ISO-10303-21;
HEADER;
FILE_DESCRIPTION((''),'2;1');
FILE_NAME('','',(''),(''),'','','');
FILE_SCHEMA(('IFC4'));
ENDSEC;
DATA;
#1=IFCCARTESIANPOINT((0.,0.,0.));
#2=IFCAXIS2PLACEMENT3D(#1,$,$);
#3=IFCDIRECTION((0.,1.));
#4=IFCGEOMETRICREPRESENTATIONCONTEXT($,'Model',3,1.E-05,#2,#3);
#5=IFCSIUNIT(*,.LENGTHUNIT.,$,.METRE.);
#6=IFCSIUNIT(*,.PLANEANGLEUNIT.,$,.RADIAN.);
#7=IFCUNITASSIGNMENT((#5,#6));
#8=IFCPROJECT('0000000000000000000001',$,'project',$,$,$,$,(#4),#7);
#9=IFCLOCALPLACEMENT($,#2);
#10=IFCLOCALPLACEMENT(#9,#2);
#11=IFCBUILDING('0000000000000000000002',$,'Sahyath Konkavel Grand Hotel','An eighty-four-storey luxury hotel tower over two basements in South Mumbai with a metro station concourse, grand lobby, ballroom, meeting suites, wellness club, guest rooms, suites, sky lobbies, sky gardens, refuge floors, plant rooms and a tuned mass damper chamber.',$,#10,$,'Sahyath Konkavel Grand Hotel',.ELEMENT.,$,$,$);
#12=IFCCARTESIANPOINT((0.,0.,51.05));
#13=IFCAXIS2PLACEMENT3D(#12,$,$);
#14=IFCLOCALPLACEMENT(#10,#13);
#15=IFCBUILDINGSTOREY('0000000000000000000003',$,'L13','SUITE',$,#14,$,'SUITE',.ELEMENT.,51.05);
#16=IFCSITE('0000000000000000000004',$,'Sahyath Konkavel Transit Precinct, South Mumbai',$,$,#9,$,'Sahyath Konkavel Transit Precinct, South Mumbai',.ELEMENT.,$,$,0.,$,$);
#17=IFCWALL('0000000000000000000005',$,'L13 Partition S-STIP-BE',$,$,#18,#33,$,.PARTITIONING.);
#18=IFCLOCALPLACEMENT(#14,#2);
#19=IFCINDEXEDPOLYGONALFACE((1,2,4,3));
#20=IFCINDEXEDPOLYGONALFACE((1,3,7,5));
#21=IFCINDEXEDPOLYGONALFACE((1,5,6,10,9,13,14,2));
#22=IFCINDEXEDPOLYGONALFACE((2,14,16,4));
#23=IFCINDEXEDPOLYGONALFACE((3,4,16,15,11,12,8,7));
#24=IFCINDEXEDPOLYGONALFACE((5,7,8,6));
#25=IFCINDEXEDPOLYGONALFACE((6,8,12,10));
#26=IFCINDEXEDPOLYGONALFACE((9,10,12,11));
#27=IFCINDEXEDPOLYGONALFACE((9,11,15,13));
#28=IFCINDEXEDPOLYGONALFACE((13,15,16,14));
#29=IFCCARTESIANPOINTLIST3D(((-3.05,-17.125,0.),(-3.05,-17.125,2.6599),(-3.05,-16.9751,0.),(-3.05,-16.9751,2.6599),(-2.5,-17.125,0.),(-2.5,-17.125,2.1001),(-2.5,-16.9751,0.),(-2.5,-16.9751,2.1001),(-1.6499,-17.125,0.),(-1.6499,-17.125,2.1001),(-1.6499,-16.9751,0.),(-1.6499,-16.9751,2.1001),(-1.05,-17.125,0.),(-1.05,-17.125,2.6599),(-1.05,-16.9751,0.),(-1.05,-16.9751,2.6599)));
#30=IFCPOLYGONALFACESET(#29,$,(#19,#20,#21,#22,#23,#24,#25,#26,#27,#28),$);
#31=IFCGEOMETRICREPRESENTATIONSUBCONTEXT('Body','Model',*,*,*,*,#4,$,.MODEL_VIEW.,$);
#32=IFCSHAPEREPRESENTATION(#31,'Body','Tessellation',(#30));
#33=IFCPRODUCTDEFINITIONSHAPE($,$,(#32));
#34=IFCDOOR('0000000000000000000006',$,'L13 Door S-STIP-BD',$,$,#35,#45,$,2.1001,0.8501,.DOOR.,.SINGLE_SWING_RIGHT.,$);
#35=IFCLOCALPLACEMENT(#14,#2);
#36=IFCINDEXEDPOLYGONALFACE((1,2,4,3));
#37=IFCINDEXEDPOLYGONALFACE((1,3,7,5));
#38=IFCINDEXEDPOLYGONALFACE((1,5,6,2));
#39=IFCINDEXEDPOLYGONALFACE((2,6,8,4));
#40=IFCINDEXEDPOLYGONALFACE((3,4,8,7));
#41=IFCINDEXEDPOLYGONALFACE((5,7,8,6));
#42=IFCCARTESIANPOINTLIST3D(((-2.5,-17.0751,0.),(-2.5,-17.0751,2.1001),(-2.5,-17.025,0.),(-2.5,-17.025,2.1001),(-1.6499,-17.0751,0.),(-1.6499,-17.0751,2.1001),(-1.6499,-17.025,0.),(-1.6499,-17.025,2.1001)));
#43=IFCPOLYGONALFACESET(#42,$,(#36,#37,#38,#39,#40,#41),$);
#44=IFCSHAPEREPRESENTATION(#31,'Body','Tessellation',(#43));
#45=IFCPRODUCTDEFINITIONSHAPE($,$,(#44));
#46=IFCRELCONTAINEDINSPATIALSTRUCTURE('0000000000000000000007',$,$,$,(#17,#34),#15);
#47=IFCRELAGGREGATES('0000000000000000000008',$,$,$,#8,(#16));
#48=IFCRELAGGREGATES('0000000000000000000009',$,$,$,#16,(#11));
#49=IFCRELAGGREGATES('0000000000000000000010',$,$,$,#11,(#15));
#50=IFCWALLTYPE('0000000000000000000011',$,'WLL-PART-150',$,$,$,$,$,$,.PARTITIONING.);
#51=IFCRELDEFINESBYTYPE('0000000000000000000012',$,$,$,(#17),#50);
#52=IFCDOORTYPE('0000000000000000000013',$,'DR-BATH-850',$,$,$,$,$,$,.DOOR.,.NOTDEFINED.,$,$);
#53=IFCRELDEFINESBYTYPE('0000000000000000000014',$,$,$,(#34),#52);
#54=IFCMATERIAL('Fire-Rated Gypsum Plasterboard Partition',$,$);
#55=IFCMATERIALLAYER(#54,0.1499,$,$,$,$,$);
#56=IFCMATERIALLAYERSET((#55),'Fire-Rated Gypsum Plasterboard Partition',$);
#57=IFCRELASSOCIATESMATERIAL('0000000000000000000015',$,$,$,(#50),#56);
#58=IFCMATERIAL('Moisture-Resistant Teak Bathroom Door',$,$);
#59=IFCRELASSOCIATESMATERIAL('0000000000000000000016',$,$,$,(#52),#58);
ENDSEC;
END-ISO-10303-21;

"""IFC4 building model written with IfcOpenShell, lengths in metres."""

from ifc_helpers import new_model, si_unit, direction, frame, frame_2d, origin, origin_2d, place, context, subcontext, project, spatial, rectangle, extrude, source, transform, mapped, material, layer, layer_set, type_object, element, fill, save


model = new_model("IFC4")

# Units and contexts
model_context = context("Model", 3, precision=1e-05, world=origin(), true_north=direction((0.0, 1.0)))
body_context = subcontext(model_context, "Body", "Model", "MODEL_VIEW")
ifc_project = project(units=[si_unit("LENGTHUNIT", "METRE"), si_unit("PLANEANGLEUNIT", "RADIAN")], contexts=[model_context])

# Site, building, storey
site_placement = place(None, origin())
site = spatial("IfcSite", under=ifc_project, at=site_placement, Name="Sahyath Konkavel Transit Precinct, South Mumbai", LongName="Sahyath Konkavel Transit Precinct, South Mumbai", CompositionType="ELEMENT", RefElevation=0.0)
building_placement = place(site_placement, origin())
building = spatial("IfcBuilding", under=site, at=building_placement, Name="Sahyath Konkavel Grand Hotel", Description="An eighty-four-storey luxury hotel tower over two basements in South Mumbai with a metro station concourse, grand lobby, ballroom, meeting suites, wellness club, guest rooms, suites, sky lobbies, sky gardens, refuge floors, plant rooms and a tuned mass damper chamber.", LongName="Sahyath Konkavel Grand Hotel", CompositionType="ELEMENT")
storey_placement = place(building_placement, frame((0.0, 0.0, 51.05)))
storey = spatial("IfcBuildingStorey", under=building, at=storey_placement, Name="L13", Description="SUITE", LongName="SUITE", CompositionType="ELEMENT", Elevation=51.05)

# Shared definitions
shared_shape_1 = source(origin(), body_context, "Body", "SweptSolid", [
    extrude(rectangle(XDim=0.8501, YDim=0.05, at=origin_2d()), origin(), (0.0, 0.0, 1.0), 2.1001),
])

# Shared definitions
ifc_material_1 = material(Name="Fire-Rated Gypsum Plasterboard Partition")
ifc_layer_1 = layer(ifc_material_1, 0.1499)
ifc_layer_set_1 = layer_set([ifc_layer_1], Name="Fire-Rated Gypsum Plasterboard Partition")
wall_type_1 = type_object("IfcWallType", Name="WLL-PART-150", PredefinedType="PARTITIONING", material=ifc_layer_set_1)

# Wall, opening, door
wall_1_placement = place(storey_placement, frame((-3.05, -17.05, 0.0), z_axis=(0.0, 0.0, 1.0), x_axis=(1.0, 0.0, 0.0)))
wall_1 = element("IfcWall", 1, at=wall_1_placement, inside=storey, type_object=wall_type_1, Name="L13 Partition S-STIP-BE", PredefinedType="PARTITIONING", context=body_context, shape_type="SweptSolid", body=[
    extrude(rectangle(XDim=2.0, YDim=0.1499, at=frame_2d((1.0, 0.0))), origin(), (0.0, 0.0, 1.0), 2.6599),
])
opening_1_placement = place(wall_1_placement, frame((0.55, 0.0, 0.0)))
opening_1 = element("IfcOpeningElement", 2, at=opening_1_placement, cuts=wall_1, PredefinedType="OPENING", context=body_context, shape_type="SweptSolid", body=[
    extrude(rectangle(XDim=0.8501, YDim=2.1001, at=frame_2d((0.425, 1.05))), frame((0.0, 0.085, 0.0), z_axis=(0.0, -1.0, 0.0), x_axis=(1.0, 0.0, 0.0)), (0.0, 0.0, 1.0), 0.1699),
])
ifc_material_2 = material(Name="Moisture-Resistant Teak Bathroom Door")
door_type_1 = type_object("IfcDoorType", Name="DR-BATH-850", OperationType="NOTDEFINED", PredefinedType="DOOR", material=ifc_material_2)
door_1_placement = place(opening_1_placement, frame((0.425, 0.0, 0.0)))
door_1 = element("IfcDoor", 3, at=door_1_placement, inside=storey, type_object=door_type_1, Name="L13 Door S-STIP-BD", OperationType="SINGLE_SWING_RIGHT", OverallHeight=2.1001, OverallWidth=0.8501, PredefinedType="DOOR", context=body_context, shape_type="MappedRepresentation", body=[
    mapped(shared_shape_1, transform((0.0, 0.0, 0.0), scale=1.0)),
])
fill(opening_1, door_1)

save(model, "model.ifc")
